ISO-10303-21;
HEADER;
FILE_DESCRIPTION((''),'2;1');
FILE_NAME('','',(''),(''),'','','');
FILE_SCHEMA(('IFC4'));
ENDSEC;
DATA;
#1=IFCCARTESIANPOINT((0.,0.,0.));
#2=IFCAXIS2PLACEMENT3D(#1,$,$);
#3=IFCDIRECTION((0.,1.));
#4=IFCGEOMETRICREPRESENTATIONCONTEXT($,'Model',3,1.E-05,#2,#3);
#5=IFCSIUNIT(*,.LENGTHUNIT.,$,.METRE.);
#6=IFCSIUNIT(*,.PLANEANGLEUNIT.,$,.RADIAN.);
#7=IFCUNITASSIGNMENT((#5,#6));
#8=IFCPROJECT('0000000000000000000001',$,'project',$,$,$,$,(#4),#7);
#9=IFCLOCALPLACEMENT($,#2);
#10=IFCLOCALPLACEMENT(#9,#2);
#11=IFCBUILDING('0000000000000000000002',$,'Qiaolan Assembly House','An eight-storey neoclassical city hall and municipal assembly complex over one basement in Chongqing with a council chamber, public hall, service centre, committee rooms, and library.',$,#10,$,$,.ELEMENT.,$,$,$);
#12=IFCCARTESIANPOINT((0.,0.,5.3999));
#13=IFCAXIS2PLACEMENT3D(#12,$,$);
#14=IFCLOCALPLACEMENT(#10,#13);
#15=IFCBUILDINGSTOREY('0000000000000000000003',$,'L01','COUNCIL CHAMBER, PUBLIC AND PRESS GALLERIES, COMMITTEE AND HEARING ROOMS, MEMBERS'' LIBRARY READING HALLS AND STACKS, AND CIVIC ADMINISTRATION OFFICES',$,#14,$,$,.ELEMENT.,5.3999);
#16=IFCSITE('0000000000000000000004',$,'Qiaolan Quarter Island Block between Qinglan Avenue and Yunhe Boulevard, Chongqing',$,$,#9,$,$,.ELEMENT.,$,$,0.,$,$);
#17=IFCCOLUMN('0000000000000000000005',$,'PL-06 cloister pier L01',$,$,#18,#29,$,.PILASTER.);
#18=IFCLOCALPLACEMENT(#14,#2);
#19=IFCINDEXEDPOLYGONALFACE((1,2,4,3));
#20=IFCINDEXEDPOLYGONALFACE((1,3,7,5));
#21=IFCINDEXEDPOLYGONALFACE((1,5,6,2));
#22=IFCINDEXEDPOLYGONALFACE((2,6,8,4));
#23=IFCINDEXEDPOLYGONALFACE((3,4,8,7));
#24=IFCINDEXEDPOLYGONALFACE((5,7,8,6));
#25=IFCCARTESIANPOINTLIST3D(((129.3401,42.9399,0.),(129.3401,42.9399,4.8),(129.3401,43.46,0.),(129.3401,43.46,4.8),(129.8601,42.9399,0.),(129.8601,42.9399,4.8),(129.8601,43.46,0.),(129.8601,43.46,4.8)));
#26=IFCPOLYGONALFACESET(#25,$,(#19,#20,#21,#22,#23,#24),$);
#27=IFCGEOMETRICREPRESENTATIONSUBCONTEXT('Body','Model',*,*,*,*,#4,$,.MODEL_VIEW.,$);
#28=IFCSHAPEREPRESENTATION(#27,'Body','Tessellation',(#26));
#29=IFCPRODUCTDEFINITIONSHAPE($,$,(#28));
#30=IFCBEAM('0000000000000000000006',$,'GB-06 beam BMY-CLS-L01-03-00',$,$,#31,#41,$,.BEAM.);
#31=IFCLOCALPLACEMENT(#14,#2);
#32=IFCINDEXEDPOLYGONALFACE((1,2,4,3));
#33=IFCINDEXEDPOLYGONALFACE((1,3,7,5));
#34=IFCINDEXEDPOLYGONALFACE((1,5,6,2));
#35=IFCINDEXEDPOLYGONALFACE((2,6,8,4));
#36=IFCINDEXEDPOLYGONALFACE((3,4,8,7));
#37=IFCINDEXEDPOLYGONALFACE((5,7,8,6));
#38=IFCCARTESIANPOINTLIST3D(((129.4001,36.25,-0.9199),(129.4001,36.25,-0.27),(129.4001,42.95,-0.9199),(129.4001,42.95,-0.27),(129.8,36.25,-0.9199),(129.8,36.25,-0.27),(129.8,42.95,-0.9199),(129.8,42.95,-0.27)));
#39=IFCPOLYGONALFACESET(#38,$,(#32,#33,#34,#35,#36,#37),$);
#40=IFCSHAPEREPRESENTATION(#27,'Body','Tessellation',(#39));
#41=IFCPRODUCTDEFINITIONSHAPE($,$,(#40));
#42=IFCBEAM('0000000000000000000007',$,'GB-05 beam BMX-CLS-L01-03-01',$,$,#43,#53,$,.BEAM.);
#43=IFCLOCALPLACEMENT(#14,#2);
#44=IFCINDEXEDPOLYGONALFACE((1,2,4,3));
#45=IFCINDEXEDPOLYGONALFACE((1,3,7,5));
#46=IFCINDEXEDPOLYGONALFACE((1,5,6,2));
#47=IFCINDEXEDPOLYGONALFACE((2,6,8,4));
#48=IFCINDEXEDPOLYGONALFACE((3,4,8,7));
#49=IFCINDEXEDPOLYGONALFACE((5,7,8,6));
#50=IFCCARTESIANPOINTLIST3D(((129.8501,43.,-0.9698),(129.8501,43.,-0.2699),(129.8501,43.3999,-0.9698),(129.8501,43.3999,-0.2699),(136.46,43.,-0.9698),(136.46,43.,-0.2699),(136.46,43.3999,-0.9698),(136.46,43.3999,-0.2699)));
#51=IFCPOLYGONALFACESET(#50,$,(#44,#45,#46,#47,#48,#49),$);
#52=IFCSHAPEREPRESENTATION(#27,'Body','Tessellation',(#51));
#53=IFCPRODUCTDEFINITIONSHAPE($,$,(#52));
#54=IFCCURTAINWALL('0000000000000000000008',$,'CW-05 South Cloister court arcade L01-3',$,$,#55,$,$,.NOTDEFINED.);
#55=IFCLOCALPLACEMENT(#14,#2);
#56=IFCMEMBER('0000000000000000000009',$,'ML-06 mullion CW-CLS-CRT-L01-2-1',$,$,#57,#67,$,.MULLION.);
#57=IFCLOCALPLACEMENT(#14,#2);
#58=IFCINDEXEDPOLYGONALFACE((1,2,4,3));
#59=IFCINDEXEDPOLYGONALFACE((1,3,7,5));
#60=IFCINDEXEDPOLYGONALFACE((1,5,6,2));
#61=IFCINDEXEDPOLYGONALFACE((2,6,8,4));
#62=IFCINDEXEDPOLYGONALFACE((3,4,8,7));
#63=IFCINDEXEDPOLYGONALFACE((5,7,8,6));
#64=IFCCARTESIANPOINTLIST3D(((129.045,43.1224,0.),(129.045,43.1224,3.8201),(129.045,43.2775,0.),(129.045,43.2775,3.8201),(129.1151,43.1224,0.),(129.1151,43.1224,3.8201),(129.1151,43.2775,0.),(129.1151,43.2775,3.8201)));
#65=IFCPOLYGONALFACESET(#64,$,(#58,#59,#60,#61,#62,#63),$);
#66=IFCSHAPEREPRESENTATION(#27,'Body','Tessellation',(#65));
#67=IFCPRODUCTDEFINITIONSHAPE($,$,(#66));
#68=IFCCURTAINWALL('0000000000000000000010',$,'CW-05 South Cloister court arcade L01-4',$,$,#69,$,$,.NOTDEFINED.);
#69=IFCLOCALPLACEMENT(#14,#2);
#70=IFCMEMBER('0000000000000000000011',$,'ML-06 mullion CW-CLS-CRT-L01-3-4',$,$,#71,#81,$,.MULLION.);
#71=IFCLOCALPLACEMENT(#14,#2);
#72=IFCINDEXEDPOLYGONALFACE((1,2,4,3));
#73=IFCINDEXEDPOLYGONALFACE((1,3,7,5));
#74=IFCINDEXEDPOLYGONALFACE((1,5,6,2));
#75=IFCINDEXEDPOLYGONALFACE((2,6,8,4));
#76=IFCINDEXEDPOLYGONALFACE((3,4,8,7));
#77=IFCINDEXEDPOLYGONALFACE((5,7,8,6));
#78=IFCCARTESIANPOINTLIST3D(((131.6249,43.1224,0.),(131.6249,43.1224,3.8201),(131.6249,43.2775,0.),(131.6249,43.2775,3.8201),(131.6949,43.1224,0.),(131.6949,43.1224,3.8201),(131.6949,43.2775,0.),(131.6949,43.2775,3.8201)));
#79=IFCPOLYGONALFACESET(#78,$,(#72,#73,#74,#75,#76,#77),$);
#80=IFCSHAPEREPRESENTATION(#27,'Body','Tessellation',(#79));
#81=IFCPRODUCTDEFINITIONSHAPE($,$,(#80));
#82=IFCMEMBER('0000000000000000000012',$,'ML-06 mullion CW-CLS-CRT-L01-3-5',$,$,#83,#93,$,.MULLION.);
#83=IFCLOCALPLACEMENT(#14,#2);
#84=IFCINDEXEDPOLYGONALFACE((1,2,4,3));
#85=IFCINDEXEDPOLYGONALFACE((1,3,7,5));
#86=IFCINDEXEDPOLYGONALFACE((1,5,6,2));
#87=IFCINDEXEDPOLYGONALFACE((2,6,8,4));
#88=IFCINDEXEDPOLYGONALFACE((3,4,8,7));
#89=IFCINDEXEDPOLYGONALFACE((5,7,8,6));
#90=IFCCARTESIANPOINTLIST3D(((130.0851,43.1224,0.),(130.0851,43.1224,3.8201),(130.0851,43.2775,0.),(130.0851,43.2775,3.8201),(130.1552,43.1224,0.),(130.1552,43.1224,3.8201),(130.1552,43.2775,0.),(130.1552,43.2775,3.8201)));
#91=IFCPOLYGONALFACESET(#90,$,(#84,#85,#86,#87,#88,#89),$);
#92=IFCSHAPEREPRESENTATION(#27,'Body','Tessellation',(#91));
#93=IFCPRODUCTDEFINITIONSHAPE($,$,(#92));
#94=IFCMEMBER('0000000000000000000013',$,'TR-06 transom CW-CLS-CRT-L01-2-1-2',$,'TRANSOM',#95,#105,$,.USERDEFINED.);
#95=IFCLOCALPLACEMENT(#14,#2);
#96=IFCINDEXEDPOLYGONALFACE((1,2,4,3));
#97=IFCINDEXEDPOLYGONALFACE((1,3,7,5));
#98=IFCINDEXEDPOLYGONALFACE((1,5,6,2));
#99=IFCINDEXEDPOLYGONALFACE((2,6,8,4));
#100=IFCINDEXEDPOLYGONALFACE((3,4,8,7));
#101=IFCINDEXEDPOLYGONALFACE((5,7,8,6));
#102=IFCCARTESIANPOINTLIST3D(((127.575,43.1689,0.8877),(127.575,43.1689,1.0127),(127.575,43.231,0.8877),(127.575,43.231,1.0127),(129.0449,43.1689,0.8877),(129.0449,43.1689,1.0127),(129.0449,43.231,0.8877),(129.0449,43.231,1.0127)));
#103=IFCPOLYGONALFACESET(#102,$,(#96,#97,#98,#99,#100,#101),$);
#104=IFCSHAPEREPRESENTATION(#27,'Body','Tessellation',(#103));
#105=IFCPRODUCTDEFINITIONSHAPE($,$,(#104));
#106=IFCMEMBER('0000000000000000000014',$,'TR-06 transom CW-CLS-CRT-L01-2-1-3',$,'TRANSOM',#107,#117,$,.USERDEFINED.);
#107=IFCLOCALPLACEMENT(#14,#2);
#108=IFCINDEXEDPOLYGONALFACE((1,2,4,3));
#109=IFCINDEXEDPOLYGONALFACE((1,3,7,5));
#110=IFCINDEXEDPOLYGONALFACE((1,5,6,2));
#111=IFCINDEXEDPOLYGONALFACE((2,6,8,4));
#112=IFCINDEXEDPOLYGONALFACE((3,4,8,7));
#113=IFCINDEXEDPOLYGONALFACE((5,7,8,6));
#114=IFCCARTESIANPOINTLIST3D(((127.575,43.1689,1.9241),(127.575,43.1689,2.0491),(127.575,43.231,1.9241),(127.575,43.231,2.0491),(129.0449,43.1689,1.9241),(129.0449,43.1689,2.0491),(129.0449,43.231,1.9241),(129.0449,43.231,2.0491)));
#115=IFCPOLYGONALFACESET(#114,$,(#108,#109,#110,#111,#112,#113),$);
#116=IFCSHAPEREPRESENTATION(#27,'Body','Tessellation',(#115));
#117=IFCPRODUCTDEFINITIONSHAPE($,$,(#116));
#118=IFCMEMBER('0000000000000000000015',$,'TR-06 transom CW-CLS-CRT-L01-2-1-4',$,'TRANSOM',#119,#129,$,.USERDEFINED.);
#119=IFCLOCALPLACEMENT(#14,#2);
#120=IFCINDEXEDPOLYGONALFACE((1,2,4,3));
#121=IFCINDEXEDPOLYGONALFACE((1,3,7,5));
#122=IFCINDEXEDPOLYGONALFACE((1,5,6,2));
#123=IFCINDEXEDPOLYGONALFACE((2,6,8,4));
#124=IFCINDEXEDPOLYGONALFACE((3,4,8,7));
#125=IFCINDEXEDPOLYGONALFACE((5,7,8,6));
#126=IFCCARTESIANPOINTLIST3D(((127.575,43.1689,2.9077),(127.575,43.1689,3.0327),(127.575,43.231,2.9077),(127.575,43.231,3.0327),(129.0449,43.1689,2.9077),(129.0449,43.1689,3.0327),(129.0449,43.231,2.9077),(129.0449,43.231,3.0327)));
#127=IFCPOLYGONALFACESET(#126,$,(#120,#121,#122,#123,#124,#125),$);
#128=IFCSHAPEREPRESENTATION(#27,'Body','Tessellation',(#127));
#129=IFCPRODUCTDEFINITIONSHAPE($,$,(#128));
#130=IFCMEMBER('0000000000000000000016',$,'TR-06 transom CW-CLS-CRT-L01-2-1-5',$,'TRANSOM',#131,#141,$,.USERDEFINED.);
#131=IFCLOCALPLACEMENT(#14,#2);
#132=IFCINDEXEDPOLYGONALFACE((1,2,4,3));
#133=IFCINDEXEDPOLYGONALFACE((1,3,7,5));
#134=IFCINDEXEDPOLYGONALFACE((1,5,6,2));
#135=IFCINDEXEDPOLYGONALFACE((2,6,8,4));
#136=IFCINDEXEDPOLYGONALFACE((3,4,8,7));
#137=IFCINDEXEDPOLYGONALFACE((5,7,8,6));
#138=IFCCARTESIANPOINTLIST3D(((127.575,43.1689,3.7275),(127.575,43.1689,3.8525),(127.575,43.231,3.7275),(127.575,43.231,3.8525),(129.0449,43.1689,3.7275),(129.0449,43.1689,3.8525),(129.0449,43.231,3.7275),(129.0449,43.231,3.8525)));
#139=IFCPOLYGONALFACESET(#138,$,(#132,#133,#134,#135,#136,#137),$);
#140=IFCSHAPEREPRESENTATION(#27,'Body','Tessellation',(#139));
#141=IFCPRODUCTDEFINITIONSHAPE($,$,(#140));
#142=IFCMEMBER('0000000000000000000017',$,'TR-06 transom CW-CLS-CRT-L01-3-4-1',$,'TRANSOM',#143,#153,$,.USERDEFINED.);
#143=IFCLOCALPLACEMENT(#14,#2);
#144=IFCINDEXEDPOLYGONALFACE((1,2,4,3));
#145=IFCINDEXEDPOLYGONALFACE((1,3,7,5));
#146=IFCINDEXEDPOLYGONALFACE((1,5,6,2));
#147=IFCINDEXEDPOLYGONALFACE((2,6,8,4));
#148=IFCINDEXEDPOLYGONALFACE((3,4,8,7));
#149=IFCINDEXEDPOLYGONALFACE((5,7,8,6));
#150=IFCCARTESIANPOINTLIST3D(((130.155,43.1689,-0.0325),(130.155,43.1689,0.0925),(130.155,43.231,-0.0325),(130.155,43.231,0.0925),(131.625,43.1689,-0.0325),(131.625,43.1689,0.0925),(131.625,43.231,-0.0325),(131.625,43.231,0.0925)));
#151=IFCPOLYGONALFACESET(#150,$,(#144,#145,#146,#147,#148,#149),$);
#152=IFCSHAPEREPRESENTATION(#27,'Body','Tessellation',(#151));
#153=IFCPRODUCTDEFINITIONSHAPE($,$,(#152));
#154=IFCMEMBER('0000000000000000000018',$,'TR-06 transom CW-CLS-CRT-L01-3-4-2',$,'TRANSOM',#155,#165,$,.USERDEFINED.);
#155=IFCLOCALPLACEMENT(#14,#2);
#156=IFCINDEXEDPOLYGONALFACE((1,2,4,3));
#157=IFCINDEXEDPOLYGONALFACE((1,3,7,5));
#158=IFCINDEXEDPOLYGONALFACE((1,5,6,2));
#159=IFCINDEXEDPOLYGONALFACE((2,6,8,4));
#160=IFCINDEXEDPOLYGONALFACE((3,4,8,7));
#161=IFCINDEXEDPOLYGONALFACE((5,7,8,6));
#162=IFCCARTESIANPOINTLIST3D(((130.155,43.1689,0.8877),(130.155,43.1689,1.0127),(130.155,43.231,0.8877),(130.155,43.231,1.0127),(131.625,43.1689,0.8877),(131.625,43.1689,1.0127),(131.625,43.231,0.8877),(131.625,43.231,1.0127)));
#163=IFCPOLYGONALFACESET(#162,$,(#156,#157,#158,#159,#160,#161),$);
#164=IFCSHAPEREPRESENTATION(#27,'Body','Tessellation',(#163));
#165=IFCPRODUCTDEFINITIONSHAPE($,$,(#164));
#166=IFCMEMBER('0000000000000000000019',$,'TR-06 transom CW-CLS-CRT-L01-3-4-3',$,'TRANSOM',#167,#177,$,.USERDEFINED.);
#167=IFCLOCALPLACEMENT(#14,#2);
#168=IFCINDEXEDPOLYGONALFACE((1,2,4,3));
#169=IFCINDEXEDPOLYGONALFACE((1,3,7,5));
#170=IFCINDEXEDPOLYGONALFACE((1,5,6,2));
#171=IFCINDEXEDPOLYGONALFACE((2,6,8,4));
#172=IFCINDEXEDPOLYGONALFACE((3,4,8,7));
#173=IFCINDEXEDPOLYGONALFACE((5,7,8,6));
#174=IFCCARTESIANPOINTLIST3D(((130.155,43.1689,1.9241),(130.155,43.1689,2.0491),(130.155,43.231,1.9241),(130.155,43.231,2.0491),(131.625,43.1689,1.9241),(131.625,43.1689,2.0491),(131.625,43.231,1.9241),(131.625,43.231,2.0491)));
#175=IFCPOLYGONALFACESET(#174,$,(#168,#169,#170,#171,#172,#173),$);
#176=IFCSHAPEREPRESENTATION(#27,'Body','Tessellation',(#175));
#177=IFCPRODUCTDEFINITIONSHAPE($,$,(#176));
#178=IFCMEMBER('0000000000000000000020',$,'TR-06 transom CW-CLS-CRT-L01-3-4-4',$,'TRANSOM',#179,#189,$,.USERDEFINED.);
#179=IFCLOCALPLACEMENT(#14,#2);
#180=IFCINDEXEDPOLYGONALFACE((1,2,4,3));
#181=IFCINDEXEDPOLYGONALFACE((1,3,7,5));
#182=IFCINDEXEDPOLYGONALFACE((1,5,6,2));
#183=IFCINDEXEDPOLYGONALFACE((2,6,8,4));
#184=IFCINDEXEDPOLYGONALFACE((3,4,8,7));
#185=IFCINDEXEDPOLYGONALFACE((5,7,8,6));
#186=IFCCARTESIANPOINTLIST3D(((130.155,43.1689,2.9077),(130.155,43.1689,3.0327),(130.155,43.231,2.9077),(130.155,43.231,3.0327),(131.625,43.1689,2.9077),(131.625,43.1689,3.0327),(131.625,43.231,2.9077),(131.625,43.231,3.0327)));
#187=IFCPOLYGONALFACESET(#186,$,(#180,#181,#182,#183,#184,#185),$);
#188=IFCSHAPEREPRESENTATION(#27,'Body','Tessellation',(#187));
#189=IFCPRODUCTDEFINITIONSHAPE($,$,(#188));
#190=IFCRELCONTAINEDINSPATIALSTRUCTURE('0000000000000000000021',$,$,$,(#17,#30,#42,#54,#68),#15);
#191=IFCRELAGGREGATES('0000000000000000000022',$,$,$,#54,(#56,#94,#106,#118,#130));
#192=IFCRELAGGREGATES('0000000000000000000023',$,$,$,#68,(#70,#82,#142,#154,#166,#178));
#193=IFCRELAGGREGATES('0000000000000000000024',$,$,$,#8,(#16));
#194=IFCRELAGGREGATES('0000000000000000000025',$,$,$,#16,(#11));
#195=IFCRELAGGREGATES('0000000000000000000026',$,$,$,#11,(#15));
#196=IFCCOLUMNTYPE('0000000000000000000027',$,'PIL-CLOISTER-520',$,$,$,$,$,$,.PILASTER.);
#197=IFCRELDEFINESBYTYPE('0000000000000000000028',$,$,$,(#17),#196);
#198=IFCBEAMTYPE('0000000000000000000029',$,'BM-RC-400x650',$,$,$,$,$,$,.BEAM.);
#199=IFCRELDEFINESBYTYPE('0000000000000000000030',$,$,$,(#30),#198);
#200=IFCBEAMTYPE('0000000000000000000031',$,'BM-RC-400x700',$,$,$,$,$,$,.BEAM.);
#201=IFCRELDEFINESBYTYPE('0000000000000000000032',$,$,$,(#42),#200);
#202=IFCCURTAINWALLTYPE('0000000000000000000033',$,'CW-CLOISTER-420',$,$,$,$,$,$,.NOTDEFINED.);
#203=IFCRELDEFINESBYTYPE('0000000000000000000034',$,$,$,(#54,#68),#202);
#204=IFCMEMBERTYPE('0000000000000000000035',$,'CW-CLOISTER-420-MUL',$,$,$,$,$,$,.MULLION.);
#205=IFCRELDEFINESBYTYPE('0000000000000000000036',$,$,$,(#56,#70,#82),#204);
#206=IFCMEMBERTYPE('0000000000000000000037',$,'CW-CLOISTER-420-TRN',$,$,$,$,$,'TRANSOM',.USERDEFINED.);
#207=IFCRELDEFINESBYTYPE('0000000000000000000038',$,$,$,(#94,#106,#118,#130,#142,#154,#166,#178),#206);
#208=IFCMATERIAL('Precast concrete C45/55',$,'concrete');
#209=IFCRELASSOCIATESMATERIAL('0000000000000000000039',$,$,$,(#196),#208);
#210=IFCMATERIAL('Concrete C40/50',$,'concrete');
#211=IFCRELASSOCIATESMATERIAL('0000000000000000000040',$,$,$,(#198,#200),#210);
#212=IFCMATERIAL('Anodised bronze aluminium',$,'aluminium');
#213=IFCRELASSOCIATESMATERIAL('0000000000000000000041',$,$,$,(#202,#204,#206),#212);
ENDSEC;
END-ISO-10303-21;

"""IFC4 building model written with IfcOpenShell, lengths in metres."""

from ifc_helpers import new_model, si_unit, direction, frame, origin, origin_2d, place, context, subcontext, project, spatial, rectangle, extrude, material, material_profile, profile_set, type_object, element, aggregate, save


model = new_model("IFC4")

# Units and contexts
model_context = context("Model", 3, precision=1e-05, world=origin(), true_north=direction((0.0, 1.0)))
body_context = subcontext(model_context, "Body", "Model", "MODEL_VIEW")
ifc_project = project(units=[si_unit("LENGTHUNIT", "METRE"), si_unit("PLANEANGLEUNIT", "RADIAN")], contexts=[model_context])

# Site, building, storey
site_placement = place(None, origin())
site = spatial("IfcSite", under=ifc_project, at=site_placement, Name="Qiaolan Quarter Island Block between Qinglan Avenue and Yunhe Boulevard, Chongqing", CompositionType="ELEMENT", RefElevation=0.0)
building_placement = place(site_placement, origin())
building = spatial("IfcBuilding", under=site, at=building_placement, Name="Qiaolan Assembly House", Description="An eight-storey neoclassical city hall and municipal assembly complex over one basement in Chongqing with a council chamber, public hall, service centre, committee rooms, and library.", CompositionType="ELEMENT")
storey_placement = place(building_placement, frame((0.0, 0.0, 5.3999)))
storey = spatial("IfcBuildingStorey", under=building, at=storey_placement, Name="L01", Description="COUNCIL CHAMBER, PUBLIC AND PRESS GALLERIES, COMMITTEE AND HEARING ROOMS, MEMBERS' LIBRARY READING HALLS AND STACKS, AND CIVIC ADMINISTRATION OFFICES", CompositionType="ELEMENT", Elevation=5.3999)

# Column
ifc_material_1 = material(Name="Precast concrete C45/55", Category="concrete")
ifc_material_profile_1 = material_profile(ifc_material_1, rectangle(XDim=0.52, YDim=0.52, at=origin_2d()), Name="PIL 520x520")
ifc_profile_set_1 = profile_set([ifc_material_profile_1], Name="Precast concrete C45/55")
column_type = type_object("IfcColumnType", Name="PIL-CLOISTER-520", PredefinedType="PILASTER", material=ifc_profile_set_1)
column_placement = place(storey_placement, frame((129.6001, 43.2, 0.0), z_axis=(0.0, 0.0, 1.0), x_axis=(1.0, 0.0, 0.0)))
element("IfcColumn", 1, at=column_placement, inside=storey, type_object=column_type, Name="PL-06 cloister pier L01", PredefinedType="PILASTER", context=body_context, shape_type="SweptSolid", body=[
    extrude(rectangle(XDim=0.52, YDim=0.52, at=origin_2d()), origin(), (0.0, 0.0, 1.0), 4.8),
])

# Beams
ifc_material_2 = material(Name="Concrete C40/50", Category="concrete")
ifc_material_profile_2 = material_profile(ifc_material_2, rectangle(XDim=0.3999, YDim=0.6499, at=origin_2d()), Name="RCB 400x650")
ifc_profile_set_2 = profile_set([ifc_material_profile_2], Name="Concrete C40/50")
beam_type_1 = type_object("IfcBeamType", Name="BM-RC-400x650", PredefinedType="BEAM", material=ifc_profile_set_2)
beam_1_placement = place(storey_placement, frame((129.6001, 36.25, -0.595), z_axis=(0.0, 1.0, 0.0), x_axis=(-1.0, 0.0, 0.0)))
element("IfcBeam", 2, at=beam_1_placement, inside=storey, type_object=beam_type_1, Name="GB-06 beam BMY-CLS-L01-03-00", PredefinedType="BEAM", context=body_context, shape_type="SweptSolid", body=[
    extrude(rectangle(XDim=0.3999, YDim=0.6499, at=origin_2d()), origin(), (0.0, 0.0, 1.0), 6.7),
])
ifc_material_profile_3 = material_profile(ifc_material_2, rectangle(XDim=0.3999, YDim=0.7, at=origin_2d()), Name="RCB 400x700")
ifc_profile_set_3 = profile_set([ifc_material_profile_3], Name="Concrete C40/50")
beam_type_2 = type_object("IfcBeamType", Name="BM-RC-400x700", PredefinedType="BEAM", material=ifc_profile_set_3)
beam_2_placement = place(storey_placement, frame((129.8501, 43.2, -0.6199), z_axis=(1.0, 0.0, 0.0), x_axis=(0.0, 1.0, 0.0)))
element("IfcBeam", 3, at=beam_2_placement, inside=storey, type_object=beam_type_2, Name="GB-05 beam BMX-CLS-L01-03-01", PredefinedType="BEAM", context=body_context, shape_type="SweptSolid", body=[
    extrude(rectangle(XDim=0.3999, YDim=0.7, at=origin_2d()), origin(), (0.0, 0.0, 1.0), 6.6099),
])

# Curtain wall, member
ifc_material_3 = material(Name="Anodised bronze aluminium", Category="aluminium")
curtain_wall_type = type_object("IfcCurtainWallType", Name="CW-CLOISTER-420", PredefinedType="NOTDEFINED", material=ifc_material_3)
curtain_wall_1_placement = place(storey_placement, origin())
curtain_wall_1 = element("IfcCurtainWall", 4, at=curtain_wall_1_placement, inside=storey, type_object=curtain_wall_type, Name="CW-05 South Cloister court arcade L01-3", PredefinedType="NOTDEFINED")
ifc_material_profile_4 = material_profile(ifc_material_3, rectangle(XDim=0.0701, YDim=0.155, at=origin_2d()), Name="MUL 70x155")
ifc_profile_set_4 = profile_set([ifc_material_profile_4], Name="Anodised bronze aluminium")
member_type_1 = type_object("IfcMemberType", Name="CW-CLOISTER-420-MUL", PredefinedType="MULLION", material=ifc_profile_set_4)
member_1_placement = place(storey_placement, frame((129.0801, 43.2, 0.0), z_axis=(0.0, 0.0, 1.0), x_axis=(-1.0, 0.0, 0.0)))
member_1 = element("IfcMember", 5, at=member_1_placement, type_object=member_type_1, Name="ML-06 mullion CW-CLS-CRT-L01-2-1", PredefinedType="MULLION", context=body_context, shape_type="SweptSolid", body=[
    extrude(rectangle(XDim=0.0701, YDim=0.155, at=origin_2d()), origin(), (0.0, 0.0, 1.0), 3.8201),
])

# Curtain wall, members
curtain_wall_2_placement = place(storey_placement, origin())
curtain_wall_2 = element("IfcCurtainWall", 6, at=curtain_wall_2_placement, inside=storey, type_object=curtain_wall_type, Name="CW-05 South Cloister court arcade L01-4", PredefinedType="NOTDEFINED")
member_2_placement = place(storey_placement, frame((131.6599, 43.2, 0.0), z_axis=(0.0, 0.0, 1.0), x_axis=(-1.0, 0.0, 0.0)))
member_2 = element("IfcMember", 7, at=member_2_placement, type_object=member_type_1, Name="ML-06 mullion CW-CLS-CRT-L01-3-4", PredefinedType="MULLION", context=body_context, shape_type="SweptSolid", body=[
    extrude(rectangle(XDim=0.0701, YDim=0.155, at=origin_2d()), origin(), (0.0, 0.0, 1.0), 3.8201),
])
member_3_placement = place(storey_placement, frame((130.1201, 43.2, 0.0), z_axis=(0.0, 0.0, 1.0), x_axis=(-1.0, 0.0, 0.0)))
member_3 = element("IfcMember", 8, at=member_3_placement, type_object=member_type_1, Name="ML-06 mullion CW-CLS-CRT-L01-3-5", PredefinedType="MULLION", context=body_context, shape_type="SweptSolid", body=[
    extrude(rectangle(XDim=0.0701, YDim=0.155, at=origin_2d()), origin(), (0.0, 0.0, 1.0), 3.8201),
])

# Members
ifc_material_profile_5 = material_profile(ifc_material_3, rectangle(XDim=0.062, YDim=0.125, at=origin_2d()), Name="TRN 62x125")
ifc_profile_set_5 = profile_set([ifc_material_profile_5], Name="Anodised bronze aluminium")
member_type_2 = type_object("IfcMemberType", Name="CW-CLOISTER-420-TRN", ElementType="TRANSOM", PredefinedType="USERDEFINED", material=ifc_profile_set_5)
member_4_placement = place(storey_placement, frame((129.0449, 43.2, 0.9502), z_axis=(-1.0, 0.0, 0.0), x_axis=(0.0, -1.0, 0.0)))
member_4 = element("IfcMember", 9, at=member_4_placement, type_object=member_type_2, Name="TR-06 transom CW-CLS-CRT-L01-2-1-2", ObjectType="TRANSOM", PredefinedType="USERDEFINED", context=body_context, shape_type="SweptSolid", body=[
    extrude(rectangle(XDim=0.062, YDim=0.125, at=origin_2d()), origin(), (0.0, 0.0, 1.0), 1.47),
])
member_5_placement = place(storey_placement, frame((129.0449, 43.2, 1.9866), z_axis=(-1.0, 0.0, 0.0), x_axis=(0.0, -1.0, 0.0)))
member_5 = element("IfcMember", 10, at=member_5_placement, type_object=member_type_2, Name="TR-06 transom CW-CLS-CRT-L01-2-1-3", ObjectType="TRANSOM", PredefinedType="USERDEFINED", context=body_context, shape_type="SweptSolid", body=[
    extrude(rectangle(XDim=0.062, YDim=0.125, at=origin_2d()), origin(), (0.0, 0.0, 1.0), 1.47),
])
member_6_placement = place(storey_placement, frame((129.0449, 43.2, 2.9702), z_axis=(-1.0, 0.0, 0.0), x_axis=(0.0, -1.0, 0.0)))
member_6 = element("IfcMember", 11, at=member_6_placement, type_object=member_type_2, Name="TR-06 transom CW-CLS-CRT-L01-2-1-4", ObjectType="TRANSOM", PredefinedType="USERDEFINED", context=body_context, shape_type="SweptSolid", body=[
    extrude(rectangle(XDim=0.062, YDim=0.125, at=origin_2d()), origin(), (0.0, 0.0, 1.0), 1.47),
])
member_7_placement = place(storey_placement, frame((129.0449, 43.2, 3.79), z_axis=(-1.0, 0.0, 0.0), x_axis=(0.0, -1.0, 0.0)))
member_7 = element("IfcMember", 12, at=member_7_placement, type_object=member_type_2, Name="TR-06 transom CW-CLS-CRT-L01-2-1-5", ObjectType="TRANSOM", PredefinedType="USERDEFINED", context=body_context, shape_type="SweptSolid", body=[
    extrude(rectangle(XDim=0.062, YDim=0.125, at=origin_2d()), origin(), (0.0, 0.0, 1.0), 1.47),
])
member_8_placement = place(storey_placement, frame((131.625, 43.2, 0.03), z_axis=(-1.0, 0.0, 0.0), x_axis=(0.0, -1.0, 0.0)))
member_8 = element("IfcMember", 13, at=member_8_placement, type_object=member_type_2, Name="TR-06 transom CW-CLS-CRT-L01-3-4-1", ObjectType="TRANSOM", PredefinedType="USERDEFINED", context=body_context, shape_type="SweptSolid", body=[
    extrude(rectangle(XDim=0.062, YDim=0.125, at=origin_2d()), origin(), (0.0, 0.0, 1.0), 1.47),
])
member_9_placement = place(storey_placement, frame((131.625, 43.2, 0.9502), z_axis=(-1.0, 0.0, 0.0), x_axis=(0.0, -1.0, 0.0)))
member_9 = element("IfcMember", 14, at=member_9_placement, type_object=member_type_2, Name="TR-06 transom CW-CLS-CRT-L01-3-4-2", ObjectType="TRANSOM", PredefinedType="USERDEFINED", context=body_context, shape_type="SweptSolid", body=[
    extrude(rectangle(XDim=0.062, YDim=0.125, at=origin_2d()), origin(), (0.0, 0.0, 1.0), 1.47),
])
member_10_placement = place(storey_placement, frame((131.625, 43.2, 1.9866), z_axis=(-1.0, 0.0, 0.0), x_axis=(0.0, -1.0, 0.0)))
member_10 = element("IfcMember", 15, at=member_10_placement, type_object=member_type_2, Name="TR-06 transom CW-CLS-CRT-L01-3-4-3", ObjectType="TRANSOM", PredefinedType="USERDEFINED", context=body_context, shape_type="SweptSolid", body=[
    extrude(rectangle(XDim=0.062, YDim=0.125, at=origin_2d()), origin(), (0.0, 0.0, 1.0), 1.47),
])
member_11_placement = place(storey_placement, frame((131.625, 43.2, 2.9702), z_axis=(-1.0, 0.0, 0.0), x_axis=(0.0, -1.0, 0.0)))
member_11 = element("IfcMember", 16, at=member_11_placement, type_object=member_type_2, Name="TR-06 transom CW-CLS-CRT-L01-3-4-4", ObjectType="TRANSOM", PredefinedType="USERDEFINED", context=body_context, shape_type="SweptSolid", body=[
    extrude(rectangle(XDim=0.062, YDim=0.125, at=origin_2d()), origin(), (0.0, 0.0, 1.0), 1.47),
])

aggregate(curtain_wall_1, [member_1, member_4, member_5, member_6, member_7])
aggregate(curtain_wall_2, [member_2, member_3, member_8, member_9, member_10, member_11])

save(model, "model.ifc")
